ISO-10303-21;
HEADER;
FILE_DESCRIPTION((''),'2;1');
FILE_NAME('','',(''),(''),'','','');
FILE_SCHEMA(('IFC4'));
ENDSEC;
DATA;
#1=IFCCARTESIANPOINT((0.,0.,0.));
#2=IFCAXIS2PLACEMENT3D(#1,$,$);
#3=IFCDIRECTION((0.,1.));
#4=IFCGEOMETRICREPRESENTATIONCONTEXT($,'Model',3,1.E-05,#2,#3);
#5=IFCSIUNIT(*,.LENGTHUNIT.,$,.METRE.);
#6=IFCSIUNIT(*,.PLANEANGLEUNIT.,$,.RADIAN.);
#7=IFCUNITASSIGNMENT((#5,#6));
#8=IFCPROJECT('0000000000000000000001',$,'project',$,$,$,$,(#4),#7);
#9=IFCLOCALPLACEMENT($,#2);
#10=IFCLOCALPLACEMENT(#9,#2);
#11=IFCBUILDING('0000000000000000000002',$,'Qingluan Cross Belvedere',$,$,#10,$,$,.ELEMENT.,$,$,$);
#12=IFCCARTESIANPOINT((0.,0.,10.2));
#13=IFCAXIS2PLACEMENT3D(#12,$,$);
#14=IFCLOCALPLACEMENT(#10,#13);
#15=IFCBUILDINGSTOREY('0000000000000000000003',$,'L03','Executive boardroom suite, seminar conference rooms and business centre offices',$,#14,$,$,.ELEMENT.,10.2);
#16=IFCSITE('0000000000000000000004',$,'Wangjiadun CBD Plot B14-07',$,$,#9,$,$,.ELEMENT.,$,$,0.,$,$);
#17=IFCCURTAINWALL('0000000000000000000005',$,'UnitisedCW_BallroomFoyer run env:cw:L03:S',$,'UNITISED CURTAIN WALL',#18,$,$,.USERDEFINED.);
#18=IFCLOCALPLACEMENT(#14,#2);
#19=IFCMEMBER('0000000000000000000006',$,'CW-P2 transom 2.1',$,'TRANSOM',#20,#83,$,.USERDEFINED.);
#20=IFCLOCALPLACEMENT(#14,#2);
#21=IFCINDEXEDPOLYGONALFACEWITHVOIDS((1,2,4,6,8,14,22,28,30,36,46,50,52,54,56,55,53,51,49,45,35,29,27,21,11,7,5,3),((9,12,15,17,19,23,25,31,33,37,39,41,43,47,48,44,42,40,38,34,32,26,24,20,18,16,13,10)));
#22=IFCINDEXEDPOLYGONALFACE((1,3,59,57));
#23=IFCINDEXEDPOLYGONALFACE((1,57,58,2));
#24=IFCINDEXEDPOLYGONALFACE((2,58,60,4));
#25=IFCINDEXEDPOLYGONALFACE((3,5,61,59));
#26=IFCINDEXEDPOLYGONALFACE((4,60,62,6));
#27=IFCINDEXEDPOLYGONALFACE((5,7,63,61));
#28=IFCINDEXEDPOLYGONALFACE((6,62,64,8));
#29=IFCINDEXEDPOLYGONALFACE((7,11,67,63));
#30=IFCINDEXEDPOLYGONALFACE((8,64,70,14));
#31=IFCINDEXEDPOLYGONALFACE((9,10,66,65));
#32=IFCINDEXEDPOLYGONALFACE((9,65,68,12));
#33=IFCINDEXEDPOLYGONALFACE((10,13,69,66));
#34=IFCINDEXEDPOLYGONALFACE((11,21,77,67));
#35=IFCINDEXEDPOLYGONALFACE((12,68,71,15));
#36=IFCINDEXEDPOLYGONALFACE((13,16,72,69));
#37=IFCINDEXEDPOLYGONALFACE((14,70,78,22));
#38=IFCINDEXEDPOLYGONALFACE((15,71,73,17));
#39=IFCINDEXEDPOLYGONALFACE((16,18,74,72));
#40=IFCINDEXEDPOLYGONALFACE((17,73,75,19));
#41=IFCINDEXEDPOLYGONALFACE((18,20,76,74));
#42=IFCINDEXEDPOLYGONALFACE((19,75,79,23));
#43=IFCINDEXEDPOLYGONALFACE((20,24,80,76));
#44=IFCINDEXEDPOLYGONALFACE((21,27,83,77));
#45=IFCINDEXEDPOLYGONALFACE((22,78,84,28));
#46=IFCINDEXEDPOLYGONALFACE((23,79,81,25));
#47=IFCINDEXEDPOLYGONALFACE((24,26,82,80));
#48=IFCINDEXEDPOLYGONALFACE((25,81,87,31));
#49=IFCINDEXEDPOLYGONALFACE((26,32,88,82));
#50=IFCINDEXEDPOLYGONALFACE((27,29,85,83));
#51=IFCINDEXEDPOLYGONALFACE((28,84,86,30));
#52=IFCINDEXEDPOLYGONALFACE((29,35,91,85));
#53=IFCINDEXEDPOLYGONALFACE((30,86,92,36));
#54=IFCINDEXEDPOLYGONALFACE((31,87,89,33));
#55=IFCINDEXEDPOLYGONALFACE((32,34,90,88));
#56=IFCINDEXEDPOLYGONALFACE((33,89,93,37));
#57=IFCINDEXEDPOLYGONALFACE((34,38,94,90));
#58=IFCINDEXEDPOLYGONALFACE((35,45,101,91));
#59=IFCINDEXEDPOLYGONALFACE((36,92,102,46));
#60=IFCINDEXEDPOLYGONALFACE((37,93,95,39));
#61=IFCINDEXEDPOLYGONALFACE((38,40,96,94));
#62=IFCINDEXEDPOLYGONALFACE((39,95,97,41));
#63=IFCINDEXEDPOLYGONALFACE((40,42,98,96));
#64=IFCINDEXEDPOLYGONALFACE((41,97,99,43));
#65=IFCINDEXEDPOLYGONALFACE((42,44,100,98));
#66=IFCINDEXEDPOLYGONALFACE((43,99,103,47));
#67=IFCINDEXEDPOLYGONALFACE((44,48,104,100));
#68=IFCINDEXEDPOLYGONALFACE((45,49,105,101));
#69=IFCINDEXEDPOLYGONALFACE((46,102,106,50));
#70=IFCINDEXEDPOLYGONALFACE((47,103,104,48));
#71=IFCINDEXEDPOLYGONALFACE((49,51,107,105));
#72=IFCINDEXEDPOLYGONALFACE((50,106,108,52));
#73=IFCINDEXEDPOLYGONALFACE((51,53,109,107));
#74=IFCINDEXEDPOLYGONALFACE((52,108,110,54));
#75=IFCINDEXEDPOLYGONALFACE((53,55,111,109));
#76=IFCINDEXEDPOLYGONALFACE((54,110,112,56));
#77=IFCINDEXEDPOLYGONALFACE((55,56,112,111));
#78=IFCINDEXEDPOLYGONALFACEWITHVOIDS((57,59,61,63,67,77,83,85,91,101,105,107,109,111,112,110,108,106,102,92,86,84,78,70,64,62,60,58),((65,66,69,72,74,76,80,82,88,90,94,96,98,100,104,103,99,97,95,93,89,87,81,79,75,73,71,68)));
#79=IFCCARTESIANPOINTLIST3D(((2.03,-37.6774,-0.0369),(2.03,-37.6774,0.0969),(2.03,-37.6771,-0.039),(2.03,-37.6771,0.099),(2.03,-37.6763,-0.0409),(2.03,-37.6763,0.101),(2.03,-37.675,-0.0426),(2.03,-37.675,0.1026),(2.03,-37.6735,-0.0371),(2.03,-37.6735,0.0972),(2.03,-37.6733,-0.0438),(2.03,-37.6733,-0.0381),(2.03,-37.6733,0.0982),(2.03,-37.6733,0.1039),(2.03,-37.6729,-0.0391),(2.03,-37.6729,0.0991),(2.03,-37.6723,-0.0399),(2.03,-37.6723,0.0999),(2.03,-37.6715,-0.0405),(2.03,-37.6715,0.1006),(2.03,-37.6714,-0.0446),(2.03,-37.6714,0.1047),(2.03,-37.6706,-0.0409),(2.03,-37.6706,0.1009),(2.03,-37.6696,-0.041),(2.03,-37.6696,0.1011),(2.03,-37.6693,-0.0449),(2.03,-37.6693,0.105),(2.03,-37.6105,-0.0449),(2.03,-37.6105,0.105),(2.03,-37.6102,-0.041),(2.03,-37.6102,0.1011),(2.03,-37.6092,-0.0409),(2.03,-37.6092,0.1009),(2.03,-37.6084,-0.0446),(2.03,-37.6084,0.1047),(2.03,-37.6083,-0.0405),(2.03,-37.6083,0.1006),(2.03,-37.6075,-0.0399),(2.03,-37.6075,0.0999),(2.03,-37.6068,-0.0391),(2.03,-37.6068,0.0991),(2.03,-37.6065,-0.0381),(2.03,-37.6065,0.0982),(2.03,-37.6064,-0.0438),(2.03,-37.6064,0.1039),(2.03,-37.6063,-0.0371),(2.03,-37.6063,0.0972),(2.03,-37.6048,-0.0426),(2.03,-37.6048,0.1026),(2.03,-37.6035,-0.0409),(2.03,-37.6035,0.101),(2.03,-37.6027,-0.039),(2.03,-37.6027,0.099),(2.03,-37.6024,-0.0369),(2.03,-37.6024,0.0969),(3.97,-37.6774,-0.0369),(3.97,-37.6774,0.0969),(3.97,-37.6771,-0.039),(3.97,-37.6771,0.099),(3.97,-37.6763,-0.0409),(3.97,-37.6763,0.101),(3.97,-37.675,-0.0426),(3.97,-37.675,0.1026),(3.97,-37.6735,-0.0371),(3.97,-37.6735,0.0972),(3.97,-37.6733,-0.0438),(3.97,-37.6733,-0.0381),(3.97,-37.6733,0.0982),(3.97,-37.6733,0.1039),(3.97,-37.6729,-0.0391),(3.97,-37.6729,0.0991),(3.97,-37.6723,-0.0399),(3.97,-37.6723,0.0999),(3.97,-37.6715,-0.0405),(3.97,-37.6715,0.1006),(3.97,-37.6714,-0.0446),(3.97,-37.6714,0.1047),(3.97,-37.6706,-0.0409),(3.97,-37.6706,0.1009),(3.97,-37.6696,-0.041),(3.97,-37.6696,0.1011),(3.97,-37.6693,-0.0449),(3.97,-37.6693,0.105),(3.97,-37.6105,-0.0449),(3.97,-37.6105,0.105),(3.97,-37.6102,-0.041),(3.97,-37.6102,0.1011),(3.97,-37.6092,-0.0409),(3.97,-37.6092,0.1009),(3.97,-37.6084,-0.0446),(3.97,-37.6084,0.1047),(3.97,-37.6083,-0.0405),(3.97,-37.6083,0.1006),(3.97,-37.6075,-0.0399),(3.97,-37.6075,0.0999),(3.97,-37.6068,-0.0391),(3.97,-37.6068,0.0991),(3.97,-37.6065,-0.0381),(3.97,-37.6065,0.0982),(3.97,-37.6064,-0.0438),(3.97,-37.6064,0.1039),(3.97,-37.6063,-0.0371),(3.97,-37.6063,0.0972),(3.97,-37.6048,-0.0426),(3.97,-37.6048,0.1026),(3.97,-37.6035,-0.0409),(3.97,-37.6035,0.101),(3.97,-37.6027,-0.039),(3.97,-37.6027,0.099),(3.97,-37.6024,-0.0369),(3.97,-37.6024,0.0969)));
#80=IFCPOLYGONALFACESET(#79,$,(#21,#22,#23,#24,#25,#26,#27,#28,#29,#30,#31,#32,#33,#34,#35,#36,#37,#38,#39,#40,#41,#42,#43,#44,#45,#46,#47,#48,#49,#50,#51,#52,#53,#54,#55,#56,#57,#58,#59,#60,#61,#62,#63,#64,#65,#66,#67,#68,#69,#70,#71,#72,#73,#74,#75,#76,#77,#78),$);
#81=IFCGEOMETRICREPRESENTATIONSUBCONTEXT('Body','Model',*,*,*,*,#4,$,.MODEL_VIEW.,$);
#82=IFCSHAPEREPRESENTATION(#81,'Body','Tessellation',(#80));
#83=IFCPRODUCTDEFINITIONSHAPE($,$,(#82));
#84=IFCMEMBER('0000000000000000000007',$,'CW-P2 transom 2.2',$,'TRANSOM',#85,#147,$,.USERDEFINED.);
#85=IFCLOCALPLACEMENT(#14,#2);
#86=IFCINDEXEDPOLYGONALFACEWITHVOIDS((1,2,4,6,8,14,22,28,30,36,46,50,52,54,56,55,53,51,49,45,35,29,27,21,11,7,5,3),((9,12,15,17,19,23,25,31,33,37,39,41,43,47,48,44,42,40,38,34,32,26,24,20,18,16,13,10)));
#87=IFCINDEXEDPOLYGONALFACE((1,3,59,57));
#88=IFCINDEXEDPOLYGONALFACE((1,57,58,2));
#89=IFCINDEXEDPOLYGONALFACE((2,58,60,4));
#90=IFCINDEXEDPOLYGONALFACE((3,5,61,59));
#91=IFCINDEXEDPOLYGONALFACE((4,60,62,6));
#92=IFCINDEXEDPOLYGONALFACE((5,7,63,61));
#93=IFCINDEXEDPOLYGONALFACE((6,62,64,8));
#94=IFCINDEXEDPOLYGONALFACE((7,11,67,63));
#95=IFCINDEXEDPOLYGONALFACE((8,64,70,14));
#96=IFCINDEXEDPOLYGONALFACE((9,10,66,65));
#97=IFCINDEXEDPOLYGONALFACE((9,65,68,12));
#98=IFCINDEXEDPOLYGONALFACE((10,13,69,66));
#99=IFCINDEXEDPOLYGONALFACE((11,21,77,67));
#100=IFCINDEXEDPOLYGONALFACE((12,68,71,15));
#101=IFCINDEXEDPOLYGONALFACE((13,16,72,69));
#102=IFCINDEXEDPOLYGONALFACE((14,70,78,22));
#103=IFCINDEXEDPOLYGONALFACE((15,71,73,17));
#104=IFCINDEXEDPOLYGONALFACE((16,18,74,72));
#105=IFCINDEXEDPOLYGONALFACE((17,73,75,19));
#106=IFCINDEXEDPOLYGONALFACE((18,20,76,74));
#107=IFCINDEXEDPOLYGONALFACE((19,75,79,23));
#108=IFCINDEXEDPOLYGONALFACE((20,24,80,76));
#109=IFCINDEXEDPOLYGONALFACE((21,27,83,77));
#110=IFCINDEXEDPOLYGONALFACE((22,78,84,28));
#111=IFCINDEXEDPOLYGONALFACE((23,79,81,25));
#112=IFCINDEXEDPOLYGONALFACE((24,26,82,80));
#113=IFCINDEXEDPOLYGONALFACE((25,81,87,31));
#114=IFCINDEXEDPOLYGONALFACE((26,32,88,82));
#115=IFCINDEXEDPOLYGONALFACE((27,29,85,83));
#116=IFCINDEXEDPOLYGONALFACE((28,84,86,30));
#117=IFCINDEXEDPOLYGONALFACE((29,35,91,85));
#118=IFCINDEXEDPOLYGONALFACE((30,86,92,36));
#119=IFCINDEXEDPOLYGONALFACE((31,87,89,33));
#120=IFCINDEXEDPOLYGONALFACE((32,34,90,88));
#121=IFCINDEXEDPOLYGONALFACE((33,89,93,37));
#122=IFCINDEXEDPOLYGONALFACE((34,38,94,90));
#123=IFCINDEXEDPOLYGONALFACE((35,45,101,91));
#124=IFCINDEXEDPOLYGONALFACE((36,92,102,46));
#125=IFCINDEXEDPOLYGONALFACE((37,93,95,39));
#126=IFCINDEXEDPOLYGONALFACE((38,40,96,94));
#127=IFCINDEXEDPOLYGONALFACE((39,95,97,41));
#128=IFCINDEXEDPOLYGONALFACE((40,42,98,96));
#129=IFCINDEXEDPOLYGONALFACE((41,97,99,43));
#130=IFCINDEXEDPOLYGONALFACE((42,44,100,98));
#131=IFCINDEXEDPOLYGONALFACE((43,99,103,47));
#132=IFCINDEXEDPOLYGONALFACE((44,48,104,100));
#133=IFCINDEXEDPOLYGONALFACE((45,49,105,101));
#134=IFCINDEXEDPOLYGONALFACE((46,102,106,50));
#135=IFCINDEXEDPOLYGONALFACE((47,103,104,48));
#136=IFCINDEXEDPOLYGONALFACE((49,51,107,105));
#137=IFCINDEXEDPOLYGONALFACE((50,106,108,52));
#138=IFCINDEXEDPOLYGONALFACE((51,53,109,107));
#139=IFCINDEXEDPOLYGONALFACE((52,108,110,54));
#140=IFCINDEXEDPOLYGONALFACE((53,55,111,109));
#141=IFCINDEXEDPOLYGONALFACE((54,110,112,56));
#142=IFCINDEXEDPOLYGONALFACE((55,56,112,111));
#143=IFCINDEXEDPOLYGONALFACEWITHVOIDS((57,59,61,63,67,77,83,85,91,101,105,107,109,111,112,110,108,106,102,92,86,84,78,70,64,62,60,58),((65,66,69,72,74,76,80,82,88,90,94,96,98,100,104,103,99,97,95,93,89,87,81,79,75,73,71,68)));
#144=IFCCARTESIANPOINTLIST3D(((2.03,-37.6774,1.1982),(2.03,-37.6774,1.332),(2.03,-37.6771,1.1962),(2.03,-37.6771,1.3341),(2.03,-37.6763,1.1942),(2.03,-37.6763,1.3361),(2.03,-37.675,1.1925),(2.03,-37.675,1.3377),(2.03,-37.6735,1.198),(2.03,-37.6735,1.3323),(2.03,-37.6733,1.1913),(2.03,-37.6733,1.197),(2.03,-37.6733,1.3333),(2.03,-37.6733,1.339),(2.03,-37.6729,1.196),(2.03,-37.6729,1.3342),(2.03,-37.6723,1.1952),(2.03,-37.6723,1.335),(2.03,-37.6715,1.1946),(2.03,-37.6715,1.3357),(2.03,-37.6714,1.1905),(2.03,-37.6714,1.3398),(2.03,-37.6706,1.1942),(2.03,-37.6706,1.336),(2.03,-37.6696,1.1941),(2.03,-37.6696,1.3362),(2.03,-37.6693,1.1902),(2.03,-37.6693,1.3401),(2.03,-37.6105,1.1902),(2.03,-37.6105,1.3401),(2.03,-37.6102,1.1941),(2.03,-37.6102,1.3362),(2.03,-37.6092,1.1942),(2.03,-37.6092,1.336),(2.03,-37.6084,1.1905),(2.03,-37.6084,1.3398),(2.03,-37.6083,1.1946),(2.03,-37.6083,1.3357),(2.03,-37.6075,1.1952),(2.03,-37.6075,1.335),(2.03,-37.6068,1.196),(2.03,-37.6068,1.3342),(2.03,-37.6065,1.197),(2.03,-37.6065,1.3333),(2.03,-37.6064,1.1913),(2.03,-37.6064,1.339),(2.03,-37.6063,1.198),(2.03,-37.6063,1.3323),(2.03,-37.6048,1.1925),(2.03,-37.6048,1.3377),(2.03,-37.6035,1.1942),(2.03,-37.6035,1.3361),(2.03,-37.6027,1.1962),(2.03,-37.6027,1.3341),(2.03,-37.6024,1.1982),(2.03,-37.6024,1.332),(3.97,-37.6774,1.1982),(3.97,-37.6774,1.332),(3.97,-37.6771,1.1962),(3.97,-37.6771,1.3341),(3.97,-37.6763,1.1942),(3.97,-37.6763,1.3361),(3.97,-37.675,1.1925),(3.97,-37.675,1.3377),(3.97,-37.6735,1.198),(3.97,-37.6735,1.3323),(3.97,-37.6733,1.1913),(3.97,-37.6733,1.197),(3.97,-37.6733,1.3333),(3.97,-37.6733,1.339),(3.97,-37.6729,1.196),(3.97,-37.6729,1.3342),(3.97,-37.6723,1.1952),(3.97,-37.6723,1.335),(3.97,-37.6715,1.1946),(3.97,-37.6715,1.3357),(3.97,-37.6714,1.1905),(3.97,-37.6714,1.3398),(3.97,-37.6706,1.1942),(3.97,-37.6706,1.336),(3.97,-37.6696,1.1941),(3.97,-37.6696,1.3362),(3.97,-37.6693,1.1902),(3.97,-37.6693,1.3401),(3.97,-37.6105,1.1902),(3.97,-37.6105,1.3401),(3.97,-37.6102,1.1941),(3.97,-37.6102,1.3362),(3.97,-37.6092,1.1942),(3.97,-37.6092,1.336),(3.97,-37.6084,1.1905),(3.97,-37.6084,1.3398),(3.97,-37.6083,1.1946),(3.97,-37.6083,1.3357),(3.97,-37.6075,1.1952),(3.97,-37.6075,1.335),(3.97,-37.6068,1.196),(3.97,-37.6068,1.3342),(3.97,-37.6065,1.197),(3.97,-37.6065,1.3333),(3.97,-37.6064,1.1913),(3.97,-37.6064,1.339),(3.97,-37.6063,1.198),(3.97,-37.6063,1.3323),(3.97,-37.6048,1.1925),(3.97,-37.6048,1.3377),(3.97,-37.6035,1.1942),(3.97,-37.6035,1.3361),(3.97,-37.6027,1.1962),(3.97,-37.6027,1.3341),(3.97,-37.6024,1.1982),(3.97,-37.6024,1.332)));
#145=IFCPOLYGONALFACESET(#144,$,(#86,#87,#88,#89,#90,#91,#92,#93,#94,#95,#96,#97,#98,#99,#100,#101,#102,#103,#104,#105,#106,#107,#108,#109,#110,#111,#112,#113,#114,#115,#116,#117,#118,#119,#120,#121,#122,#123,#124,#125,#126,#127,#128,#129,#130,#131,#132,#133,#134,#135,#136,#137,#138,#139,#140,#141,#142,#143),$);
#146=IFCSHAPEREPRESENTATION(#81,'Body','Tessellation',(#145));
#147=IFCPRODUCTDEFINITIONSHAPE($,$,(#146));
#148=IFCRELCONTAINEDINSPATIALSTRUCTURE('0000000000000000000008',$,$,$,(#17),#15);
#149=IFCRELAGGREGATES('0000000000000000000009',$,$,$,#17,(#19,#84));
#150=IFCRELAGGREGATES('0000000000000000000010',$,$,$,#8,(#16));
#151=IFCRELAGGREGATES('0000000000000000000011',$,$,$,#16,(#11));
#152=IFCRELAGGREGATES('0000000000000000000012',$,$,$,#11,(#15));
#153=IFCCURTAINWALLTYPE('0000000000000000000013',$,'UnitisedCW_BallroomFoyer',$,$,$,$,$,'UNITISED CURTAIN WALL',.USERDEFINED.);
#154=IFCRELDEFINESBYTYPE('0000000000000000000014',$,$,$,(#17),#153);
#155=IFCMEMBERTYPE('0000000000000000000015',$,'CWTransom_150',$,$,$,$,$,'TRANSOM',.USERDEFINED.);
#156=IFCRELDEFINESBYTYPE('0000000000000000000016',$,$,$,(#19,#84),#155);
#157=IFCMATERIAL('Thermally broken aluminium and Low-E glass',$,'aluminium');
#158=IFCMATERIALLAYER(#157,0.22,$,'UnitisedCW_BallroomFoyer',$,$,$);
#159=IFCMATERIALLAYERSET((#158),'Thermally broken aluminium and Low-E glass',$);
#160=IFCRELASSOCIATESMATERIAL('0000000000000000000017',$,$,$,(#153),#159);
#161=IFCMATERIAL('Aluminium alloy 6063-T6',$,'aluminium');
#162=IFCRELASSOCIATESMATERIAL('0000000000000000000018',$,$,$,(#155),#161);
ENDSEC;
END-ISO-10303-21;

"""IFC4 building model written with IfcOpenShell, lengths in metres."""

from ifc_helpers import new_model, si_unit, direction, frame, origin, origin_2d, place, context, subcontext, project, spatial, hollow_rectangle, extrude, material, layer, layer_set, material_profile, profile_set, type_object, element, aggregate, save


model = new_model("IFC4")

# Units and contexts
model_context = context("Model", 3, precision=1e-05, world=origin(), true_north=direction((0.0, 1.0)))
body_context = subcontext(model_context, "Body", "Model", "MODEL_VIEW")
ifc_project = project(units=[si_unit("LENGTHUNIT", "METRE"), si_unit("PLANEANGLEUNIT", "RADIAN")], contexts=[model_context])

# Site, building, storey
site_placement = place(None, origin())
site = spatial("IfcSite", under=ifc_project, at=site_placement, Name="Wangjiadun CBD Plot B14-07", CompositionType="ELEMENT", RefElevation=0.0)
building_placement = place(site_placement, origin())
building = spatial("IfcBuilding", under=site, at=building_placement, Name="Qingluan Cross Belvedere", CompositionType="ELEMENT")
storey_placement = place(building_placement, frame((0.0, 0.0, 10.2)))
storey = spatial("IfcBuildingStorey", under=building, at=storey_placement, Name="L03", Description="Executive boardroom suite, seminar conference rooms and business centre offices", CompositionType="ELEMENT", Elevation=10.2)

# Curtain wall, members
ifc_material_1 = material(Name="Thermally broken aluminium and Low-E glass", Category="aluminium")
ifc_layer_1 = layer(ifc_material_1, 0.22, Name="UnitisedCW_BallroomFoyer")
ifc_layer_set_1 = layer_set([ifc_layer_1], Name="Thermally broken aluminium and Low-E glass")
curtain_wall_type = type_object("IfcCurtainWallType", Name="UnitisedCW_BallroomFoyer", ElementType="UNITISED CURTAIN WALL", PredefinedType="USERDEFINED", material=ifc_layer_set_1)
curtain_wall_placement = place(storey_placement, origin())
curtain_wall = element("IfcCurtainWall", 1, at=curtain_wall_placement, inside=storey, type_object=curtain_wall_type, Name="UnitisedCW_BallroomFoyer run env:cw:L03:S", ObjectType="UNITISED CURTAIN WALL", PredefinedType="USERDEFINED")
ifc_material_2 = material(Name="Aluminium alloy 6063-T6", Category="aluminium")
ifc_material_profile_1 = material_profile(ifc_material_2, hollow_rectangle(XDim=0.075, YDim=0.1499, WallThickness=0.0039, InnerFilletRadius=0.0039, OuterFilletRadius=0.0081, at=origin_2d()), Name="CWT150x75x4")
ifc_profile_set_1 = profile_set([ifc_material_profile_1], Name="Aluminium alloy 6063-T6")
member_type_1 = type_object("IfcMemberType", Name="CWTransom_150", ElementType="TRANSOM", PredefinedType="USERDEFINED", material=ifc_profile_set_1)
member_1_placement = place(storey_placement, frame((3.97, -37.6399, 0.03), z_axis=(-1.0, 0.0, 0.0), x_axis=(0.0, -1.0, 0.0)))
member_1 = element("IfcMember", 2, at=member_1_placement, type_object=member_type_1, Name="CW-P2 transom 2.1", ObjectType="TRANSOM", PredefinedType="USERDEFINED", context=body_context, shape_type="SweptSolid", body=[
    extrude(hollow_rectangle(XDim=0.075, YDim=0.1499, WallThickness=0.0039, InnerFilletRadius=0.0039, OuterFilletRadius=0.0081, at=origin_2d()), origin(), (0.0, 0.0, 1.0), 1.9399),
])
member_2_placement = place(storey_placement, frame((3.97, -37.6399, 1.2651), z_axis=(-1.0, 0.0, 0.0), x_axis=(0.0, -1.0, 0.0)))
member_2 = element("IfcMember", 3, at=member_2_placement, type_object=member_type_1, Name="CW-P2 transom 2.2", ObjectType="TRANSOM", PredefinedType="USERDEFINED", context=body_context, shape_type="SweptSolid", body=[
    extrude(hollow_rectangle(XDim=0.075, YDim=0.1499, WallThickness=0.0039, InnerFilletRadius=0.0039, OuterFilletRadius=0.0081, at=origin_2d()), origin(), (0.0, 0.0, 1.0), 1.9399),
])
aggregate(curtain_wall, [member_1, member_2])

save(model, "model.ifc")
